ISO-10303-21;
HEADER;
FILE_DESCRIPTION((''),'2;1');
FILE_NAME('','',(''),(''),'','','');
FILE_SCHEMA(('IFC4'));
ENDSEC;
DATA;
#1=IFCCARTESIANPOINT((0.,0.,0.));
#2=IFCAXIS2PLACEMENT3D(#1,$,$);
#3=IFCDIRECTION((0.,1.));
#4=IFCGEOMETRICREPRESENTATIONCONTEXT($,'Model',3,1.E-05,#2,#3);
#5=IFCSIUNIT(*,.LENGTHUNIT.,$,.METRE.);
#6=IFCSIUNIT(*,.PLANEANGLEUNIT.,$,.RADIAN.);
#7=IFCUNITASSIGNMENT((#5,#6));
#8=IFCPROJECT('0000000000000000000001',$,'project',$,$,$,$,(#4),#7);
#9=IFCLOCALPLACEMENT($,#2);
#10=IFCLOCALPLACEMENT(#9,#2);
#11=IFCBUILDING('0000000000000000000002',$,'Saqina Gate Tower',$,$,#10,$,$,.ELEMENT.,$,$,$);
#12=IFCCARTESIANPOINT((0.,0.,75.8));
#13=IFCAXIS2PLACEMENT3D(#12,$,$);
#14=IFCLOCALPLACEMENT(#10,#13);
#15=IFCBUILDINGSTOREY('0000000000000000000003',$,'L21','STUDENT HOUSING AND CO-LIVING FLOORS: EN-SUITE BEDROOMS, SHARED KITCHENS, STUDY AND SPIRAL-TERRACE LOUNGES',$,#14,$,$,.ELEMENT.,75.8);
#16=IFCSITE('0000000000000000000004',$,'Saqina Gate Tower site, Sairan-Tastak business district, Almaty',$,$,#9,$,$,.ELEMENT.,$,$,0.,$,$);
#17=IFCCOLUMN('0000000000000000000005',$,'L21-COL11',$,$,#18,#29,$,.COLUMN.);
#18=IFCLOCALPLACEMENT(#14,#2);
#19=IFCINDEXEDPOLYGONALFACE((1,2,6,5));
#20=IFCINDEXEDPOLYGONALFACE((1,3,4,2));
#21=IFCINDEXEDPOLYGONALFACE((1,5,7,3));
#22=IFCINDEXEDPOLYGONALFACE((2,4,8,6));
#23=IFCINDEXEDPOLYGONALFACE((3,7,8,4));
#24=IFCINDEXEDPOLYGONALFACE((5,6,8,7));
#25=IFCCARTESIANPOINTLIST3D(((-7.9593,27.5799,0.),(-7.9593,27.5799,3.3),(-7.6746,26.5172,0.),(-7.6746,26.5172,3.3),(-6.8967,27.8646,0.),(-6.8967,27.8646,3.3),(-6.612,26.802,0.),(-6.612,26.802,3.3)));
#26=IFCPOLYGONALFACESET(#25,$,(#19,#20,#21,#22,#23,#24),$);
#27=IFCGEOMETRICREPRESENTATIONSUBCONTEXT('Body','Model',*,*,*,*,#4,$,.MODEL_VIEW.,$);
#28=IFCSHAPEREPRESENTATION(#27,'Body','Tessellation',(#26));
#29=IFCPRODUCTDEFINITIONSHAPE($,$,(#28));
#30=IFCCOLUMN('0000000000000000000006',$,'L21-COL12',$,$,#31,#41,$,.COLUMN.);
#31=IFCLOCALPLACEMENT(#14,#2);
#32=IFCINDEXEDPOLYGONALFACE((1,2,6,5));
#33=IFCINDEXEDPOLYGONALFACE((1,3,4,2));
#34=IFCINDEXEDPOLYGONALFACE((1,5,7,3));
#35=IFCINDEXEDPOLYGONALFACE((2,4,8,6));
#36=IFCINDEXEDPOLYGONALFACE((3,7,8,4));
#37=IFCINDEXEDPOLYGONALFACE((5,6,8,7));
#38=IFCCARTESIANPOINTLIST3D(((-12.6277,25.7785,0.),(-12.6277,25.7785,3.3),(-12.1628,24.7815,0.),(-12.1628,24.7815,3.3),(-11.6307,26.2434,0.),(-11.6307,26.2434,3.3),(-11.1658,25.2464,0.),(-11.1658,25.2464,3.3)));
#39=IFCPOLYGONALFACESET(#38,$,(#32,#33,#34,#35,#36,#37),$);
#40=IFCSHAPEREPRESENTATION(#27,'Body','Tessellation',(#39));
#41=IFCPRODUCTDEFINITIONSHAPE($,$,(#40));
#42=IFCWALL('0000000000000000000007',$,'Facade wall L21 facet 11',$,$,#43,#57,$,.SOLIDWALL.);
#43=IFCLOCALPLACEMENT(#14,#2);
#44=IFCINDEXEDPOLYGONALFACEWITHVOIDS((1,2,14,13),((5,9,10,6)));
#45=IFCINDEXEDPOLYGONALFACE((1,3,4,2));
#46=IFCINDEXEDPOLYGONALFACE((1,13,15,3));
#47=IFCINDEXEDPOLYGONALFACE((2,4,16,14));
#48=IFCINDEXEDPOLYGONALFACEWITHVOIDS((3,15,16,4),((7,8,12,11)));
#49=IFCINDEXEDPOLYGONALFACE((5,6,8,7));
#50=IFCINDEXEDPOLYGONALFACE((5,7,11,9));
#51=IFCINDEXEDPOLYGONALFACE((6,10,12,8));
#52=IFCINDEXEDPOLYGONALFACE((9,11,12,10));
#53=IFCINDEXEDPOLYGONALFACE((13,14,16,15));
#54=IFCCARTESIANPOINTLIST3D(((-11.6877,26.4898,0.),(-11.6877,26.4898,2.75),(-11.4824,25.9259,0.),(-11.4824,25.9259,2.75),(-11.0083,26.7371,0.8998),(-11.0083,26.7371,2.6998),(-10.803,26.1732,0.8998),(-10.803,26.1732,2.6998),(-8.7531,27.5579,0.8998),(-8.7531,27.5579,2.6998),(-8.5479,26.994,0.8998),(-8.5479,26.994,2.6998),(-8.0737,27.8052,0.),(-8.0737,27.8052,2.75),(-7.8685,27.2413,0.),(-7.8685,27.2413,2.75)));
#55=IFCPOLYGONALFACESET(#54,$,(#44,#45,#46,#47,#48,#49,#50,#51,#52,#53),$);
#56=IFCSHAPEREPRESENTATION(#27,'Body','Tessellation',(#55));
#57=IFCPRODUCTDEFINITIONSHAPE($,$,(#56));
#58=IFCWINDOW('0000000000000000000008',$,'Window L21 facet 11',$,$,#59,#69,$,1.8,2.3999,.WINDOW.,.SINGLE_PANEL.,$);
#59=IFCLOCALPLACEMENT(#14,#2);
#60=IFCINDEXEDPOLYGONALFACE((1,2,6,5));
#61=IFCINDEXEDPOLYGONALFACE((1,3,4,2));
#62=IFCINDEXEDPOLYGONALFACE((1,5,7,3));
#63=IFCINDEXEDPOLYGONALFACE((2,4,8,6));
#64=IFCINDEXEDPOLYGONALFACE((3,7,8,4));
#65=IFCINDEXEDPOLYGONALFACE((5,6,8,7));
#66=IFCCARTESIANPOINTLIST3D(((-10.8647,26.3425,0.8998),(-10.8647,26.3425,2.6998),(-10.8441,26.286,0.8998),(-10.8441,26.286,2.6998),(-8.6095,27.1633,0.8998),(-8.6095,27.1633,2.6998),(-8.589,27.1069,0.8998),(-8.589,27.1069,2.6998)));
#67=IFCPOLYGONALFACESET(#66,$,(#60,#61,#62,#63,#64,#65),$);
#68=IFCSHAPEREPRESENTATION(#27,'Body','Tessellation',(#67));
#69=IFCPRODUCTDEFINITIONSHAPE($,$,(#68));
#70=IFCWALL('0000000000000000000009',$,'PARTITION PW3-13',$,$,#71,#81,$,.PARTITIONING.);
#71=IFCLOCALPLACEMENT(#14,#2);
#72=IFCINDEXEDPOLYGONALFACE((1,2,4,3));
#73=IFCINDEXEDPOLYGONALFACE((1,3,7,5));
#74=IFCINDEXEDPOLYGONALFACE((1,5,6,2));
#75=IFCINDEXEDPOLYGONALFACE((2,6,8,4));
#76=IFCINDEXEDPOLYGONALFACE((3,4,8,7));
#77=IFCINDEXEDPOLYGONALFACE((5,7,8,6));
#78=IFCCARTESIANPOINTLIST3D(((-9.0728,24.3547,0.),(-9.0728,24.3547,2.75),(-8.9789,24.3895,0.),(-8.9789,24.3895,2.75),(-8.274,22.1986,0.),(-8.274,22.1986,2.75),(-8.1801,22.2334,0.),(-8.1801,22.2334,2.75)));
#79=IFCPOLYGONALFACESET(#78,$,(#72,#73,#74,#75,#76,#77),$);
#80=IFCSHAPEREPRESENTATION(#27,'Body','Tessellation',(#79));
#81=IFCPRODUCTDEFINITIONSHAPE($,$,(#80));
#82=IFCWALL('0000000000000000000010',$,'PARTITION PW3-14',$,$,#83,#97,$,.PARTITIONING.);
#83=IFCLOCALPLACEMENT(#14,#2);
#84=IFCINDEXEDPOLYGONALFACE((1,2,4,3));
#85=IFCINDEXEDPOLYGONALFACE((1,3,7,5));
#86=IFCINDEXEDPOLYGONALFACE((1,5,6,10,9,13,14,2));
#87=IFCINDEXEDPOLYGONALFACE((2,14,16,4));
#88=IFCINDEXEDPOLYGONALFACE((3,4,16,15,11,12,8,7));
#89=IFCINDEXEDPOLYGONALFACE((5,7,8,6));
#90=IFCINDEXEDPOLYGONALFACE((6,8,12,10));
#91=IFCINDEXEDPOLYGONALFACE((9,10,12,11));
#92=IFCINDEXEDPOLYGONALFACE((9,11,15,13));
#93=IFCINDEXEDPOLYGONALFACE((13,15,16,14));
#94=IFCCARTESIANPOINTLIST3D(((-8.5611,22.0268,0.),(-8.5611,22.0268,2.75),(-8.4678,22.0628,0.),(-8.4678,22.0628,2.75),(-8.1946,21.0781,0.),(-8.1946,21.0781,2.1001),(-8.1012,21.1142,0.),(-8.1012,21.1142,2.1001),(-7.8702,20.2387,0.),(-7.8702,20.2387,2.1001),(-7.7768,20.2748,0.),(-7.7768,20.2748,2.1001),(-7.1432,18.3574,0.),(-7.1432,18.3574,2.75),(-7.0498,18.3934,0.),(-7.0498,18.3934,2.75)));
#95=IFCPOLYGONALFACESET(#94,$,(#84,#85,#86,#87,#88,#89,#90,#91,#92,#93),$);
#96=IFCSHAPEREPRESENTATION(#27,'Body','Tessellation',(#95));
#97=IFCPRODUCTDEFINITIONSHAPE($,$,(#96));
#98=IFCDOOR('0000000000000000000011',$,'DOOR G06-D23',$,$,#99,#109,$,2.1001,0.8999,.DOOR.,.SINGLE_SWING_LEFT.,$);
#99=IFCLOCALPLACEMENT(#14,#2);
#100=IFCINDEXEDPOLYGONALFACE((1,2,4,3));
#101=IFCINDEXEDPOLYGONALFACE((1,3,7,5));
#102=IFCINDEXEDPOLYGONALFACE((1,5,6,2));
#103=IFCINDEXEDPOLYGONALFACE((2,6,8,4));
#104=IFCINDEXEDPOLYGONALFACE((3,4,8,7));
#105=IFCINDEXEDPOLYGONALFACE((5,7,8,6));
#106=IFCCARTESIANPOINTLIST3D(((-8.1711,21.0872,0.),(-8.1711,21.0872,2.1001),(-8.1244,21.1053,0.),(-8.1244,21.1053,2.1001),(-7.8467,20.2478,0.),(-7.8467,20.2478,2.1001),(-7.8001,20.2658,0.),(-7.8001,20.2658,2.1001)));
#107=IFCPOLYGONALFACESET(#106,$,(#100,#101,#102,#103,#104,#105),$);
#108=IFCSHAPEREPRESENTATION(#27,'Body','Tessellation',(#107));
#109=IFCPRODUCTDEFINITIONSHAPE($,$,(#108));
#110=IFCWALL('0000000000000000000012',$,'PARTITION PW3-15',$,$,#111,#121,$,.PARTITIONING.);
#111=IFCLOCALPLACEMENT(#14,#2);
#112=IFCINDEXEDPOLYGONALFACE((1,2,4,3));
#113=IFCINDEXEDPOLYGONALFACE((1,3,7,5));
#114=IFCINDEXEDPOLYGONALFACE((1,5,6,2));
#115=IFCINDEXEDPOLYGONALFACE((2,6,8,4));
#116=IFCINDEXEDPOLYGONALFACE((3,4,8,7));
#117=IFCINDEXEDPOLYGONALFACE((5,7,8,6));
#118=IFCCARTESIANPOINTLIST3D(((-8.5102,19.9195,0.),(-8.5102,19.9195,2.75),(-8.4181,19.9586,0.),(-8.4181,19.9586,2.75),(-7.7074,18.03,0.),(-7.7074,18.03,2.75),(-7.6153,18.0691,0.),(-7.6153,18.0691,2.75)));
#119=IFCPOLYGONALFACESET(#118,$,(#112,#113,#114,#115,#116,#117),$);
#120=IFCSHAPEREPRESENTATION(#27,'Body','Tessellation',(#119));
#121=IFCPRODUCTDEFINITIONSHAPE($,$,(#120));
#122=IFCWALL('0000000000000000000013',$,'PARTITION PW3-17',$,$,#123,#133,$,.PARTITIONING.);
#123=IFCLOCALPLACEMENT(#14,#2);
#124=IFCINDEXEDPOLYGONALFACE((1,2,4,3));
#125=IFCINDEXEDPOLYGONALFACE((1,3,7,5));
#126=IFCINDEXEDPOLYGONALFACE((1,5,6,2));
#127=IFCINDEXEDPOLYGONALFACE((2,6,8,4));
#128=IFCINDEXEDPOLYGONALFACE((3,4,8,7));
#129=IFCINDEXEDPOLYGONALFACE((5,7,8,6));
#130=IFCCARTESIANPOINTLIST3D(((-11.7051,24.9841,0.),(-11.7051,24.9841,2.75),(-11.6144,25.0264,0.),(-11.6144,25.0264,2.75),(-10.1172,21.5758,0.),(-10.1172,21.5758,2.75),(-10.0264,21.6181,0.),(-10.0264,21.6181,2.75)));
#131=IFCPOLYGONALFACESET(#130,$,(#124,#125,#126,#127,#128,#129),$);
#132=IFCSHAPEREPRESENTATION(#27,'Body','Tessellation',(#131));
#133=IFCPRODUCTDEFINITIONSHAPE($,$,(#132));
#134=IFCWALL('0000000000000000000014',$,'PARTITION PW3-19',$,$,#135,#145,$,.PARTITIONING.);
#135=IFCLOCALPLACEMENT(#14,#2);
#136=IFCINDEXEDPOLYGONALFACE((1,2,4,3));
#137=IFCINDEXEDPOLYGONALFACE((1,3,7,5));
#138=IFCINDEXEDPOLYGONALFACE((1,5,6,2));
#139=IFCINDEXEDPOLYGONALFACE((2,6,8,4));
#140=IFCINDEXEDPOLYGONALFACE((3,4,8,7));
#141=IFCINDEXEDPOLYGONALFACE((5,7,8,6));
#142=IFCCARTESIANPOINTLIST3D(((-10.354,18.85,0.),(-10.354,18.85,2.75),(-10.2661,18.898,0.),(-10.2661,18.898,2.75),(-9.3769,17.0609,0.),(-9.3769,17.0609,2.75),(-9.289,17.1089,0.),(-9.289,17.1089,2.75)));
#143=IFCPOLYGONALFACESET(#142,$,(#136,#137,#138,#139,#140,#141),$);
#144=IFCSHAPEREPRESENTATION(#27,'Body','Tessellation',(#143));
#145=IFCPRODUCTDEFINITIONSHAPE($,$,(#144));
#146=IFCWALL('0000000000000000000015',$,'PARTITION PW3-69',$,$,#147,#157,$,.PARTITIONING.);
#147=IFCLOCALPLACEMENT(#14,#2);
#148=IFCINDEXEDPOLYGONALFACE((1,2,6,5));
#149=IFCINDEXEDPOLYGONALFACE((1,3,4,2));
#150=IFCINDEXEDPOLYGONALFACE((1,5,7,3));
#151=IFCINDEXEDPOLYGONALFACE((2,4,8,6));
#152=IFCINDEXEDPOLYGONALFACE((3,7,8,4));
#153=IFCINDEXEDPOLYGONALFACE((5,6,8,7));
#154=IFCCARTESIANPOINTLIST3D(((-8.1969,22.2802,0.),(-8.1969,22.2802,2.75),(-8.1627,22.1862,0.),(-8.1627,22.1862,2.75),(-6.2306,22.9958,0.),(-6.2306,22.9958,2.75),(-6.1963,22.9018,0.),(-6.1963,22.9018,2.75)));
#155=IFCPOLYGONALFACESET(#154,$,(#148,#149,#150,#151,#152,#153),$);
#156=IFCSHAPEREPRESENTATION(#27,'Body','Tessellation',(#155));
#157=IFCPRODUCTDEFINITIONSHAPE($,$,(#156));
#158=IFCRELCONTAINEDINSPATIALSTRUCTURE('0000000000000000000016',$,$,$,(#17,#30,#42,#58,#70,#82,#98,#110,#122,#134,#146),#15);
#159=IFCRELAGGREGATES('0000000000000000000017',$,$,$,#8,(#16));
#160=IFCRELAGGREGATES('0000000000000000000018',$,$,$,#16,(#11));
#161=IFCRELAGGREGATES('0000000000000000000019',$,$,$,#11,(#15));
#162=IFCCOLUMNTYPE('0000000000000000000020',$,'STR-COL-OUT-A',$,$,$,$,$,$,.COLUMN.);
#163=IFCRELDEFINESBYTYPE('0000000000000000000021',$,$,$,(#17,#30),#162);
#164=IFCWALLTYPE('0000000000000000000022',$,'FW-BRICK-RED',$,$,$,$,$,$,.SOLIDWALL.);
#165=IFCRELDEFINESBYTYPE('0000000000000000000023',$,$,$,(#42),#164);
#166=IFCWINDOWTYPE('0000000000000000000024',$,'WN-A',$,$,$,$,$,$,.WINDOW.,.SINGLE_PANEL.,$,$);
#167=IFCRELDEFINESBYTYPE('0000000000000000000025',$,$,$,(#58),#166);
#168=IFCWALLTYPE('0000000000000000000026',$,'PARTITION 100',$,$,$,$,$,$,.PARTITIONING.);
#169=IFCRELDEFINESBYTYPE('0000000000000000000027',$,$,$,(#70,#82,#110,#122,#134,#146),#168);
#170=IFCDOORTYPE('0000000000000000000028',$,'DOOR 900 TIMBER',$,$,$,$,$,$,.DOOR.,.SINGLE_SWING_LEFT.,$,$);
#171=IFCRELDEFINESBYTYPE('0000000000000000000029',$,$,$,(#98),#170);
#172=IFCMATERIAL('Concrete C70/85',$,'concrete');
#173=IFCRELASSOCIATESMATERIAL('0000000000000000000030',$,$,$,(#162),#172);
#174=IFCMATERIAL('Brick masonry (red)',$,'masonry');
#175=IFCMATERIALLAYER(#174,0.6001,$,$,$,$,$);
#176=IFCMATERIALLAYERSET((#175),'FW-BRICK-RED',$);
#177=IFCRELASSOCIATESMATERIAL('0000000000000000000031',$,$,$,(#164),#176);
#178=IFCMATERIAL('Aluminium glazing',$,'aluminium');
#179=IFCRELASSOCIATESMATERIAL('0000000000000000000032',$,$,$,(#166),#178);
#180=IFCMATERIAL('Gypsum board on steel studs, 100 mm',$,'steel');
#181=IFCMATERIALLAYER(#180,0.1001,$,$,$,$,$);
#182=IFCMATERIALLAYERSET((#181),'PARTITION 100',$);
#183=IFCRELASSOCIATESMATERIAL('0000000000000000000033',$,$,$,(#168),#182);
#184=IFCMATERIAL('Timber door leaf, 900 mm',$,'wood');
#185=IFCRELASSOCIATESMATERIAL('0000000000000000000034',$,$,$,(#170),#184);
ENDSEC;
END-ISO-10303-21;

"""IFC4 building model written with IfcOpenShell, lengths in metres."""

from ifc_helpers import new_model, si_unit, direction, frame, frame_2d, origin, origin_2d, place, context, subcontext, project, spatial, rectangle, extrude, material, layer, layer_set, material_profile, profile_set, type_object, element, fill, save


model = new_model("IFC4")

# Units and contexts
model_context = context("Model", 3, precision=1e-05, world=origin(), true_north=direction((0.0, 1.0)))
body_context = subcontext(model_context, "Body", "Model", "MODEL_VIEW")
ifc_project = project(units=[si_unit("LENGTHUNIT", "METRE"), si_unit("PLANEANGLEUNIT", "RADIAN")], contexts=[model_context])

# Site, building, storey
site_placement = place(None, origin())
site = spatial("IfcSite", under=ifc_project, at=site_placement, Name="Saqina Gate Tower site, Sairan-Tastak business district, Almaty", CompositionType="ELEMENT", RefElevation=0.0)
building_placement = place(site_placement, origin())
building = spatial("IfcBuilding", under=site, at=building_placement, Name="Saqina Gate Tower", CompositionType="ELEMENT")
storey_placement = place(building_placement, frame((0.0, 0.0, 75.8)))
storey = spatial("IfcBuildingStorey", under=building, at=storey_placement, Name="L21", Description="STUDENT HOUSING AND CO-LIVING FLOORS: EN-SUITE BEDROOMS, SHARED KITCHENS, STUDY AND SPIRAL-TERRACE LOUNGES", CompositionType="ELEMENT", Elevation=75.8)

# Columns
ifc_material_1 = material(Name="Concrete C70/85", Category="concrete")
ifc_material_profile = material_profile(ifc_material_1, rectangle(XDim=1.1001, YDim=1.1001, at=origin_2d()), Name="RC 1100x1100")
ifc_profile_set = profile_set([ifc_material_profile], Name="Concrete C70/85")
column_type = type_object("IfcColumnType", Name="STR-COL-OUT-A", PredefinedType="COLUMN", material=ifc_profile_set)
for number, where, z_axis, x_axis, name in (
    (1, (-7.2856, 27.1909, 0.0), (0.0, 0.0, 1.0), (-0.258819, 0.965926, 0.0), "L21-COL11"),
    (2, (-11.8967, 25.5125, 0.0), (0.0, 0.0, 1.0), (-0.422618, 0.906308, 0.0), "L21-COL12"),
):
    element("IfcColumn", number, at=place(storey_placement, frame(where, z_axis=z_axis, x_axis=x_axis)), inside=storey, type_object=column_type, Name=name, PredefinedType="COLUMN", context=body_context, shape_type="SweptSolid", body=[
        extrude(rectangle(XDim=1.1001, YDim=1.1001, at=origin_2d()), origin(), (0.0, 0.0, 1.0), 3.3),
    ])

# Wall, opening, window
ifc_material_2 = material(Name="Brick masonry (red)", Category="masonry")
ifc_layer_1 = layer(ifc_material_2, 0.6001)
ifc_layer_set_1 = layer_set([ifc_layer_1], Name="FW-BRICK-RED")
wall_type_1 = type_object("IfcWallType", Name="FW-BRICK-RED", PredefinedType="SOLIDWALL", material=ifc_layer_set_1)
wall_1_placement = place(storey_placement, frame((-7.9712, 27.5232, 0.0), z_axis=(0.0, 0.0, 1.0), x_axis=(-0.93969, -0.342028, 0.0)))
wall_1 = element("IfcWall", 3, at=wall_1_placement, inside=storey, type_object=wall_type_1, Name="Facade wall L21 facet 11", PredefinedType="SOLIDWALL", context=body_context, shape_type="SweptSolid", body=[
    extrude(rectangle(XDim=3.8459, YDim=0.6001, at=frame_2d((1.9229, 0.0))), origin(), (0.0, 0.0, 1.0), 2.75),
])
opening_1_placement = place(wall_1_placement, frame((0.7229, 0.0, 0.8999)))
opening_1 = element("IfcOpeningElement", 4, at=opening_1_placement, cuts=wall_1, PredefinedType="OPENING", context=body_context, shape_type="SweptSolid", body=[
    extrude(rectangle(XDim=2.3999, YDim=1.8, at=frame_2d((1.2, 0.8999))), frame((0.0, 0.312, 0.0), z_axis=(0.0, -1.0, 0.0), x_axis=(1.0, 0.0, 0.0)), (0.0, 0.0, 1.0), 0.624),
])
ifc_material_3 = material(Name="Aluminium glazing", Category="aluminium")
window_type = type_object("IfcWindowType", Name="WN-A", PartitioningType="SINGLE_PANEL", PredefinedType="WINDOW", material=ifc_material_3)
window_placement = place(opening_1_placement, origin())
window = element("IfcWindow", 5, at=window_placement, inside=storey, type_object=window_type, Name="Window L21 facet 11", OverallHeight=1.8, OverallWidth=2.3999, PartitioningType="SINGLE_PANEL", PredefinedType="WINDOW", context=body_context, shape_type="SweptSolid", body=[
    extrude(rectangle(XDim=2.3999, YDim=1.8, at=frame_2d((1.2, 0.8999))), frame((0.0, 0.1799, 0.0), z_axis=(0.0, -1.0, 0.0), x_axis=(1.0, 0.0, 0.0)), (0.0, 0.0, 1.0), 0.0601),
])
fill(opening_1, window)

# Wall
ifc_material_4 = material(Name="Gypsum board on steel studs, 100 mm", Category="steel")
ifc_layer_2 = layer(ifc_material_4, 0.1001)
ifc_layer_set_2 = layer_set([ifc_layer_2], Name="PARTITION 100")
wall_type_2 = type_object("IfcWallType", Name="PARTITION 100", PredefinedType="PARTITIONING", material=ifc_layer_set_2)
wall_2_placement = place(storey_placement, frame((-9.0259, 24.3721, 0.0), z_axis=(0.0, 0.0, 1.0), x_axis=(0.347432, -0.937705, 0.0)))
element("IfcWall", 6, at=wall_2_placement, inside=storey, type_object=wall_type_2, Name="PARTITION PW3-13", PredefinedType="PARTITIONING", context=body_context, shape_type="SweptSolid", body=[
    extrude(rectangle(XDim=2.2993, YDim=0.1001, at=frame_2d((1.1497, 0.0))), origin(), (0.0, 0.0, 1.0), 2.75),
])

# Wall, opening, door
wall_3_placement = place(storey_placement, frame((-8.5144, 22.0447, 0.0), z_axis=(0.0, 0.0, 1.0), x_axis=(0.360451, -0.932778, 0.0)))
wall_3 = element("IfcWall", 7, at=wall_3_placement, inside=storey, type_object=wall_type_2, Name="PARTITION PW3-14", PredefinedType="PARTITIONING", context=body_context, shape_type="SweptSolid", body=[
    extrude(rectangle(XDim=3.9338, YDim=0.1001, at=frame_2d((1.9668, 0.0))), origin(), (0.0, 0.0, 1.0), 2.75),
])
opening_2_placement = place(wall_3_placement, frame((1.0168, 0.0, 0.0)))
opening_2 = element("IfcOpeningElement", 8, at=opening_2_placement, cuts=wall_3, PredefinedType="OPENING", context=body_context, shape_type="SweptSolid", body=[
    extrude(rectangle(XDim=0.8999, YDim=2.1001, at=frame_2d((0.45, 1.05))), frame((0.0, 0.062, 0.0), z_axis=(0.0, -1.0, 0.0), x_axis=(1.0, 0.0, 0.0)), (0.0, 0.0, 1.0), 0.124),
])
ifc_material_5 = material(Name="Timber door leaf, 900 mm", Category="wood")
door_type_1 = type_object("IfcDoorType", Name="DOOR 900 TIMBER", OperationType="SINGLE_SWING_LEFT", PredefinedType="DOOR", material=ifc_material_5)
door_1_placement = place(opening_2_placement, frame((0.8999, 0.0, 0.0), z_axis=(0.0, 0.0, 1.0), x_axis=(-1.0, 0.0, 0.0)))
door_1 = element("IfcDoor", 9, at=door_1_placement, inside=storey, type_object=door_type_1, Name="DOOR G06-D23", OperationType="SINGLE_SWING_LEFT", OverallHeight=2.1001, OverallWidth=0.8999, PredefinedType="DOOR", context=body_context, shape_type="SweptSolid", body=[
    extrude(rectangle(XDim=0.8999, YDim=2.1001, at=frame_2d((0.45, 1.05))), frame((0.0, 0.0249, 0.0), z_axis=(0.0, -1.0, 0.0), x_axis=(1.0, 0.0, 0.0)), (0.0, 0.0, 1.0), 0.05),
])
fill(opening_2, door_1)

# Walls
wall_4_placement = place(storey_placement, frame((-8.4641, 19.939, 0.0), z_axis=(0.0, 0.0, 1.0), x_axis=(0.391032, -0.920377, 0.0)))
element("IfcWall", 10, at=wall_4_placement, inside=storey, type_object=wall_type_2, Name="PARTITION PW3-15", PredefinedType="PARTITIONING", context=body_context, shape_type="SweptSolid", body=[
    extrude(rectangle(XDim=2.053, YDim=0.1001, at=frame_2d((1.0264, 0.0))), origin(), (0.0, 0.0, 1.0), 2.75),
])
wall_5_placement = place(storey_placement, frame((-11.6597, 25.0051, 0.0), z_axis=(0.0, 0.0, 1.0), x_axis=(0.422317, -0.906448, 0.0)))
element("IfcWall", 11, at=wall_5_placement, inside=storey, type_object=wall_type_2, Name="PARTITION PW3-17", PredefinedType="PARTITIONING", context=body_context, shape_type="SweptSolid", body=[
    extrude(rectangle(XDim=3.76, YDim=0.1001, at=frame_2d((1.8799, 0.0))), origin(), (0.0, 0.0, 1.0), 2.75),
])
wall_6_placement = place(storey_placement, frame((-10.3101, 18.874, 0.0), z_axis=(0.0, 0.0, 1.0), x_axis=(0.479305, -0.877648, 0.0)))
element("IfcWall", 12, at=wall_6_placement, inside=storey, type_object=wall_type_2, Name="PARTITION PW3-19", PredefinedType="PARTITIONING", context=body_context, shape_type="SweptSolid", body=[
    extrude(rectangle(XDim=2.0386, YDim=0.1001, at=frame_2d((1.0193, 0.0))), origin(), (0.0, 0.0, 1.0), 2.75),
])
wall_7_placement = place(storey_placement, frame((-8.1799, 22.2332, 0.0), z_axis=(0.0, 0.0, 1.0), x_axis=(0.939708, 0.341977, 0.0)))
element("IfcWall", 13, at=wall_7_placement, inside=storey, type_object=wall_type_2, Name="PARTITION PW3-69", PredefinedType="PARTITIONING", context=body_context, shape_type="SweptSolid", body=[
    extrude(rectangle(XDim=2.0925, YDim=0.1001, at=frame_2d((1.0464, 0.0))), origin(), (0.0, 0.0, 1.0), 2.75),
])

save(model, "model.ifc")
